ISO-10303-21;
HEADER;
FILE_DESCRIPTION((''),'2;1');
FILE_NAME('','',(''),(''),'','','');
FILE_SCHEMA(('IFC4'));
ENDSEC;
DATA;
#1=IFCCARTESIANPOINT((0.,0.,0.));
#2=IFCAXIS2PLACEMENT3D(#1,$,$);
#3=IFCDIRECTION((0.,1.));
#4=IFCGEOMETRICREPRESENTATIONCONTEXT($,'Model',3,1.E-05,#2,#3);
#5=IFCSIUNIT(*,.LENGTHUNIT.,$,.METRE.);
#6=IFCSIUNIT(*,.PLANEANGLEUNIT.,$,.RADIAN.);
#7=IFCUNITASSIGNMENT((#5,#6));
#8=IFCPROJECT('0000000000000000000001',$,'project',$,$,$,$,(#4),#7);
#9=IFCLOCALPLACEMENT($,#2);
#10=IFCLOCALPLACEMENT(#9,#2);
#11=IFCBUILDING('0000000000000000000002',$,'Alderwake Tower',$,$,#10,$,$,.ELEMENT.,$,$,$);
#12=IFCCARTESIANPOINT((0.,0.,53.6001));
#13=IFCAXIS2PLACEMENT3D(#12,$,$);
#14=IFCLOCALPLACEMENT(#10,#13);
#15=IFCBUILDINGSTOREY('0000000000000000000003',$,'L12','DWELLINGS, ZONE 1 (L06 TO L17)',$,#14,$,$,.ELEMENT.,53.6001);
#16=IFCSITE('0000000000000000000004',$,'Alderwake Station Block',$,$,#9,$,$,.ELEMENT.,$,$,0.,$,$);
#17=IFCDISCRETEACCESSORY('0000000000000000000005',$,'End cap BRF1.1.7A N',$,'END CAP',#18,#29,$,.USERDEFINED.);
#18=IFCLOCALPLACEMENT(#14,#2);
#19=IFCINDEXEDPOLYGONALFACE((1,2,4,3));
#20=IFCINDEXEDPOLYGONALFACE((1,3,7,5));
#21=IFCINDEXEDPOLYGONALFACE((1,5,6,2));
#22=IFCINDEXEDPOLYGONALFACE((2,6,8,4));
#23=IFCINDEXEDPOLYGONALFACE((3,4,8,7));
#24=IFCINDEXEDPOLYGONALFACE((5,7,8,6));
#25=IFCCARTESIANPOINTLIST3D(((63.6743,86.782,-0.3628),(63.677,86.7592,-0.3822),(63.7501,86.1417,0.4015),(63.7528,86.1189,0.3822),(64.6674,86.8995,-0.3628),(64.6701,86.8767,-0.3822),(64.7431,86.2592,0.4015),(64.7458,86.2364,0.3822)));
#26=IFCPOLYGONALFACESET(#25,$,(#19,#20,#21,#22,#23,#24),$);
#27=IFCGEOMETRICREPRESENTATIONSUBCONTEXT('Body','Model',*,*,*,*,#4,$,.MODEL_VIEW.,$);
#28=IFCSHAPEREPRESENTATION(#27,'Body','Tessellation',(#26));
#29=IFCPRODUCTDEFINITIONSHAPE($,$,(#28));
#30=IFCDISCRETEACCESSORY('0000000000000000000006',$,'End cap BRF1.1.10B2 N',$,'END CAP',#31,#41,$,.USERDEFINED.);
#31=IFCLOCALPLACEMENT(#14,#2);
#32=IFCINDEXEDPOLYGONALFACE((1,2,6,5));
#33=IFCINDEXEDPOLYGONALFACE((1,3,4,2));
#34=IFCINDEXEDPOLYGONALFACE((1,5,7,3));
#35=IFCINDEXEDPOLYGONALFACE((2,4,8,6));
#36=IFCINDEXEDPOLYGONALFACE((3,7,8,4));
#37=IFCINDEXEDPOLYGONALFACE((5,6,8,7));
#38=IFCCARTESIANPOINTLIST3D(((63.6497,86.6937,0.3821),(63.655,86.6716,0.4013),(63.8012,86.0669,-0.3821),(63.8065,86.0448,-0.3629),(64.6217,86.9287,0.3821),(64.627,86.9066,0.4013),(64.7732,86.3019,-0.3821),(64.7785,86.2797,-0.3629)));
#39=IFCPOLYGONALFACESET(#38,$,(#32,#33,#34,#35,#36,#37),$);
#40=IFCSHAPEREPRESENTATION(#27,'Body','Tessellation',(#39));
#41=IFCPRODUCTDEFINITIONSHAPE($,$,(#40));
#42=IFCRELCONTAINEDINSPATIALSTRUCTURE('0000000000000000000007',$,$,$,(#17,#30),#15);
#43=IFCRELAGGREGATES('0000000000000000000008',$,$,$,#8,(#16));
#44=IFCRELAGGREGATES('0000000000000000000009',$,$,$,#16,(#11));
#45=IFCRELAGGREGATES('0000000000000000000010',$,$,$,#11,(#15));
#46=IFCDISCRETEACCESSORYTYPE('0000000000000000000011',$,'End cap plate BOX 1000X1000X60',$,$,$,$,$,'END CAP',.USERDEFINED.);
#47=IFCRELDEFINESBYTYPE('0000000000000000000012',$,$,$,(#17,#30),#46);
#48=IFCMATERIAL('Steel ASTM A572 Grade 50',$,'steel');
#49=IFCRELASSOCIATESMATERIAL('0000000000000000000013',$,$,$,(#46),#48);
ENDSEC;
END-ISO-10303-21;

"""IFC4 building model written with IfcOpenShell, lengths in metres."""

from ifc_helpers import new_model, si_unit, direction, frame, origin, origin_2d, place, context, subcontext, project, spatial, rectangle, extrude, material, material_profile, profile_set, type_object, element, save


model = new_model("IFC4")

# Units and contexts
model_context = context("Model", 3, precision=1e-05, world=origin(), true_north=direction((0.0, 1.0)))
body_context = subcontext(model_context, "Body", "Model", "MODEL_VIEW")
ifc_project = project(units=[si_unit("LENGTHUNIT", "METRE"), si_unit("PLANEANGLEUNIT", "RADIAN")], contexts=[model_context])

# Site, building, storey
site_placement = place(None, origin())
site = spatial("IfcSite", under=ifc_project, at=site_placement, Name="Alderwake Station Block", CompositionType="ELEMENT", RefElevation=0.0)
building_placement = place(site_placement, origin())
building = spatial("IfcBuilding", under=site, at=building_placement, Name="Alderwake Tower", CompositionType="ELEMENT")
storey_placement = place(building_placement, frame((0.0, 0.0, 53.6001)))
storey = spatial("IfcBuildingStorey", under=building, at=storey_placement, Name="L12", Description="DWELLINGS, ZONE 1 (L06 TO L17)", CompositionType="ELEMENT", Elevation=53.6001)

# Discrete accessories
ifc_material_1 = material(Name="Steel ASTM A572 Grade 50", Category="steel")
ifc_material_profile_1 = material_profile(ifc_material_1, rectangle(XDim=1.0, YDim=1.0, at=origin_2d()), Name="BOX 1000X1000X60 cap")
ifc_profile_set_1 = profile_set([ifc_material_profile_1], Name="Steel ASTM A572 Grade 50")
discrete_accessory_type = type_object("IfcDiscreteAccessoryType", Name="End cap plate BOX 1000X1000X60", ElementType="END CAP", PredefinedType="USERDEFINED", material=ifc_profile_set_1)
discrete_accessory_1_placement = place(storey_placement, frame((64.2114, 86.4978, 0.0), z_axis=(-0.089782, 0.759064, 0.644796), x_axis=(-0.993078, -0.117461, 0.0)))
element("IfcDiscreteAccessory", 1, at=discrete_accessory_1_placement, inside=storey, type_object=discrete_accessory_type, Name="End cap BRF1.1.7A N", ObjectType="END CAP", PredefinedType="USERDEFINED", context=body_context, shape_type="SweptSolid", body=[
    extrude(rectangle(XDim=1.0, YDim=1.0, at=origin_2d()), origin(), (0.0, 0.0, 1.0), 0.03),
])
discrete_accessory_2_placement = place(storey_placement, frame((64.2114, 86.4978, 0.0), z_axis=(0.179593, -0.742863, 0.644903), x_axis=(0.971998, 0.234989, 0.0)))
element("IfcDiscreteAccessory", 2, at=discrete_accessory_2_placement, inside=storey, type_object=discrete_accessory_type, Name="End cap BRF1.1.10B2 N", ObjectType="END CAP", PredefinedType="USERDEFINED", context=body_context, shape_type="SweptSolid", body=[
    extrude(rectangle(XDim=1.0, YDim=1.0, at=origin_2d()), origin(), (0.0, 0.0, 1.0), 0.0298),
])

save(model, "model.ifc")
